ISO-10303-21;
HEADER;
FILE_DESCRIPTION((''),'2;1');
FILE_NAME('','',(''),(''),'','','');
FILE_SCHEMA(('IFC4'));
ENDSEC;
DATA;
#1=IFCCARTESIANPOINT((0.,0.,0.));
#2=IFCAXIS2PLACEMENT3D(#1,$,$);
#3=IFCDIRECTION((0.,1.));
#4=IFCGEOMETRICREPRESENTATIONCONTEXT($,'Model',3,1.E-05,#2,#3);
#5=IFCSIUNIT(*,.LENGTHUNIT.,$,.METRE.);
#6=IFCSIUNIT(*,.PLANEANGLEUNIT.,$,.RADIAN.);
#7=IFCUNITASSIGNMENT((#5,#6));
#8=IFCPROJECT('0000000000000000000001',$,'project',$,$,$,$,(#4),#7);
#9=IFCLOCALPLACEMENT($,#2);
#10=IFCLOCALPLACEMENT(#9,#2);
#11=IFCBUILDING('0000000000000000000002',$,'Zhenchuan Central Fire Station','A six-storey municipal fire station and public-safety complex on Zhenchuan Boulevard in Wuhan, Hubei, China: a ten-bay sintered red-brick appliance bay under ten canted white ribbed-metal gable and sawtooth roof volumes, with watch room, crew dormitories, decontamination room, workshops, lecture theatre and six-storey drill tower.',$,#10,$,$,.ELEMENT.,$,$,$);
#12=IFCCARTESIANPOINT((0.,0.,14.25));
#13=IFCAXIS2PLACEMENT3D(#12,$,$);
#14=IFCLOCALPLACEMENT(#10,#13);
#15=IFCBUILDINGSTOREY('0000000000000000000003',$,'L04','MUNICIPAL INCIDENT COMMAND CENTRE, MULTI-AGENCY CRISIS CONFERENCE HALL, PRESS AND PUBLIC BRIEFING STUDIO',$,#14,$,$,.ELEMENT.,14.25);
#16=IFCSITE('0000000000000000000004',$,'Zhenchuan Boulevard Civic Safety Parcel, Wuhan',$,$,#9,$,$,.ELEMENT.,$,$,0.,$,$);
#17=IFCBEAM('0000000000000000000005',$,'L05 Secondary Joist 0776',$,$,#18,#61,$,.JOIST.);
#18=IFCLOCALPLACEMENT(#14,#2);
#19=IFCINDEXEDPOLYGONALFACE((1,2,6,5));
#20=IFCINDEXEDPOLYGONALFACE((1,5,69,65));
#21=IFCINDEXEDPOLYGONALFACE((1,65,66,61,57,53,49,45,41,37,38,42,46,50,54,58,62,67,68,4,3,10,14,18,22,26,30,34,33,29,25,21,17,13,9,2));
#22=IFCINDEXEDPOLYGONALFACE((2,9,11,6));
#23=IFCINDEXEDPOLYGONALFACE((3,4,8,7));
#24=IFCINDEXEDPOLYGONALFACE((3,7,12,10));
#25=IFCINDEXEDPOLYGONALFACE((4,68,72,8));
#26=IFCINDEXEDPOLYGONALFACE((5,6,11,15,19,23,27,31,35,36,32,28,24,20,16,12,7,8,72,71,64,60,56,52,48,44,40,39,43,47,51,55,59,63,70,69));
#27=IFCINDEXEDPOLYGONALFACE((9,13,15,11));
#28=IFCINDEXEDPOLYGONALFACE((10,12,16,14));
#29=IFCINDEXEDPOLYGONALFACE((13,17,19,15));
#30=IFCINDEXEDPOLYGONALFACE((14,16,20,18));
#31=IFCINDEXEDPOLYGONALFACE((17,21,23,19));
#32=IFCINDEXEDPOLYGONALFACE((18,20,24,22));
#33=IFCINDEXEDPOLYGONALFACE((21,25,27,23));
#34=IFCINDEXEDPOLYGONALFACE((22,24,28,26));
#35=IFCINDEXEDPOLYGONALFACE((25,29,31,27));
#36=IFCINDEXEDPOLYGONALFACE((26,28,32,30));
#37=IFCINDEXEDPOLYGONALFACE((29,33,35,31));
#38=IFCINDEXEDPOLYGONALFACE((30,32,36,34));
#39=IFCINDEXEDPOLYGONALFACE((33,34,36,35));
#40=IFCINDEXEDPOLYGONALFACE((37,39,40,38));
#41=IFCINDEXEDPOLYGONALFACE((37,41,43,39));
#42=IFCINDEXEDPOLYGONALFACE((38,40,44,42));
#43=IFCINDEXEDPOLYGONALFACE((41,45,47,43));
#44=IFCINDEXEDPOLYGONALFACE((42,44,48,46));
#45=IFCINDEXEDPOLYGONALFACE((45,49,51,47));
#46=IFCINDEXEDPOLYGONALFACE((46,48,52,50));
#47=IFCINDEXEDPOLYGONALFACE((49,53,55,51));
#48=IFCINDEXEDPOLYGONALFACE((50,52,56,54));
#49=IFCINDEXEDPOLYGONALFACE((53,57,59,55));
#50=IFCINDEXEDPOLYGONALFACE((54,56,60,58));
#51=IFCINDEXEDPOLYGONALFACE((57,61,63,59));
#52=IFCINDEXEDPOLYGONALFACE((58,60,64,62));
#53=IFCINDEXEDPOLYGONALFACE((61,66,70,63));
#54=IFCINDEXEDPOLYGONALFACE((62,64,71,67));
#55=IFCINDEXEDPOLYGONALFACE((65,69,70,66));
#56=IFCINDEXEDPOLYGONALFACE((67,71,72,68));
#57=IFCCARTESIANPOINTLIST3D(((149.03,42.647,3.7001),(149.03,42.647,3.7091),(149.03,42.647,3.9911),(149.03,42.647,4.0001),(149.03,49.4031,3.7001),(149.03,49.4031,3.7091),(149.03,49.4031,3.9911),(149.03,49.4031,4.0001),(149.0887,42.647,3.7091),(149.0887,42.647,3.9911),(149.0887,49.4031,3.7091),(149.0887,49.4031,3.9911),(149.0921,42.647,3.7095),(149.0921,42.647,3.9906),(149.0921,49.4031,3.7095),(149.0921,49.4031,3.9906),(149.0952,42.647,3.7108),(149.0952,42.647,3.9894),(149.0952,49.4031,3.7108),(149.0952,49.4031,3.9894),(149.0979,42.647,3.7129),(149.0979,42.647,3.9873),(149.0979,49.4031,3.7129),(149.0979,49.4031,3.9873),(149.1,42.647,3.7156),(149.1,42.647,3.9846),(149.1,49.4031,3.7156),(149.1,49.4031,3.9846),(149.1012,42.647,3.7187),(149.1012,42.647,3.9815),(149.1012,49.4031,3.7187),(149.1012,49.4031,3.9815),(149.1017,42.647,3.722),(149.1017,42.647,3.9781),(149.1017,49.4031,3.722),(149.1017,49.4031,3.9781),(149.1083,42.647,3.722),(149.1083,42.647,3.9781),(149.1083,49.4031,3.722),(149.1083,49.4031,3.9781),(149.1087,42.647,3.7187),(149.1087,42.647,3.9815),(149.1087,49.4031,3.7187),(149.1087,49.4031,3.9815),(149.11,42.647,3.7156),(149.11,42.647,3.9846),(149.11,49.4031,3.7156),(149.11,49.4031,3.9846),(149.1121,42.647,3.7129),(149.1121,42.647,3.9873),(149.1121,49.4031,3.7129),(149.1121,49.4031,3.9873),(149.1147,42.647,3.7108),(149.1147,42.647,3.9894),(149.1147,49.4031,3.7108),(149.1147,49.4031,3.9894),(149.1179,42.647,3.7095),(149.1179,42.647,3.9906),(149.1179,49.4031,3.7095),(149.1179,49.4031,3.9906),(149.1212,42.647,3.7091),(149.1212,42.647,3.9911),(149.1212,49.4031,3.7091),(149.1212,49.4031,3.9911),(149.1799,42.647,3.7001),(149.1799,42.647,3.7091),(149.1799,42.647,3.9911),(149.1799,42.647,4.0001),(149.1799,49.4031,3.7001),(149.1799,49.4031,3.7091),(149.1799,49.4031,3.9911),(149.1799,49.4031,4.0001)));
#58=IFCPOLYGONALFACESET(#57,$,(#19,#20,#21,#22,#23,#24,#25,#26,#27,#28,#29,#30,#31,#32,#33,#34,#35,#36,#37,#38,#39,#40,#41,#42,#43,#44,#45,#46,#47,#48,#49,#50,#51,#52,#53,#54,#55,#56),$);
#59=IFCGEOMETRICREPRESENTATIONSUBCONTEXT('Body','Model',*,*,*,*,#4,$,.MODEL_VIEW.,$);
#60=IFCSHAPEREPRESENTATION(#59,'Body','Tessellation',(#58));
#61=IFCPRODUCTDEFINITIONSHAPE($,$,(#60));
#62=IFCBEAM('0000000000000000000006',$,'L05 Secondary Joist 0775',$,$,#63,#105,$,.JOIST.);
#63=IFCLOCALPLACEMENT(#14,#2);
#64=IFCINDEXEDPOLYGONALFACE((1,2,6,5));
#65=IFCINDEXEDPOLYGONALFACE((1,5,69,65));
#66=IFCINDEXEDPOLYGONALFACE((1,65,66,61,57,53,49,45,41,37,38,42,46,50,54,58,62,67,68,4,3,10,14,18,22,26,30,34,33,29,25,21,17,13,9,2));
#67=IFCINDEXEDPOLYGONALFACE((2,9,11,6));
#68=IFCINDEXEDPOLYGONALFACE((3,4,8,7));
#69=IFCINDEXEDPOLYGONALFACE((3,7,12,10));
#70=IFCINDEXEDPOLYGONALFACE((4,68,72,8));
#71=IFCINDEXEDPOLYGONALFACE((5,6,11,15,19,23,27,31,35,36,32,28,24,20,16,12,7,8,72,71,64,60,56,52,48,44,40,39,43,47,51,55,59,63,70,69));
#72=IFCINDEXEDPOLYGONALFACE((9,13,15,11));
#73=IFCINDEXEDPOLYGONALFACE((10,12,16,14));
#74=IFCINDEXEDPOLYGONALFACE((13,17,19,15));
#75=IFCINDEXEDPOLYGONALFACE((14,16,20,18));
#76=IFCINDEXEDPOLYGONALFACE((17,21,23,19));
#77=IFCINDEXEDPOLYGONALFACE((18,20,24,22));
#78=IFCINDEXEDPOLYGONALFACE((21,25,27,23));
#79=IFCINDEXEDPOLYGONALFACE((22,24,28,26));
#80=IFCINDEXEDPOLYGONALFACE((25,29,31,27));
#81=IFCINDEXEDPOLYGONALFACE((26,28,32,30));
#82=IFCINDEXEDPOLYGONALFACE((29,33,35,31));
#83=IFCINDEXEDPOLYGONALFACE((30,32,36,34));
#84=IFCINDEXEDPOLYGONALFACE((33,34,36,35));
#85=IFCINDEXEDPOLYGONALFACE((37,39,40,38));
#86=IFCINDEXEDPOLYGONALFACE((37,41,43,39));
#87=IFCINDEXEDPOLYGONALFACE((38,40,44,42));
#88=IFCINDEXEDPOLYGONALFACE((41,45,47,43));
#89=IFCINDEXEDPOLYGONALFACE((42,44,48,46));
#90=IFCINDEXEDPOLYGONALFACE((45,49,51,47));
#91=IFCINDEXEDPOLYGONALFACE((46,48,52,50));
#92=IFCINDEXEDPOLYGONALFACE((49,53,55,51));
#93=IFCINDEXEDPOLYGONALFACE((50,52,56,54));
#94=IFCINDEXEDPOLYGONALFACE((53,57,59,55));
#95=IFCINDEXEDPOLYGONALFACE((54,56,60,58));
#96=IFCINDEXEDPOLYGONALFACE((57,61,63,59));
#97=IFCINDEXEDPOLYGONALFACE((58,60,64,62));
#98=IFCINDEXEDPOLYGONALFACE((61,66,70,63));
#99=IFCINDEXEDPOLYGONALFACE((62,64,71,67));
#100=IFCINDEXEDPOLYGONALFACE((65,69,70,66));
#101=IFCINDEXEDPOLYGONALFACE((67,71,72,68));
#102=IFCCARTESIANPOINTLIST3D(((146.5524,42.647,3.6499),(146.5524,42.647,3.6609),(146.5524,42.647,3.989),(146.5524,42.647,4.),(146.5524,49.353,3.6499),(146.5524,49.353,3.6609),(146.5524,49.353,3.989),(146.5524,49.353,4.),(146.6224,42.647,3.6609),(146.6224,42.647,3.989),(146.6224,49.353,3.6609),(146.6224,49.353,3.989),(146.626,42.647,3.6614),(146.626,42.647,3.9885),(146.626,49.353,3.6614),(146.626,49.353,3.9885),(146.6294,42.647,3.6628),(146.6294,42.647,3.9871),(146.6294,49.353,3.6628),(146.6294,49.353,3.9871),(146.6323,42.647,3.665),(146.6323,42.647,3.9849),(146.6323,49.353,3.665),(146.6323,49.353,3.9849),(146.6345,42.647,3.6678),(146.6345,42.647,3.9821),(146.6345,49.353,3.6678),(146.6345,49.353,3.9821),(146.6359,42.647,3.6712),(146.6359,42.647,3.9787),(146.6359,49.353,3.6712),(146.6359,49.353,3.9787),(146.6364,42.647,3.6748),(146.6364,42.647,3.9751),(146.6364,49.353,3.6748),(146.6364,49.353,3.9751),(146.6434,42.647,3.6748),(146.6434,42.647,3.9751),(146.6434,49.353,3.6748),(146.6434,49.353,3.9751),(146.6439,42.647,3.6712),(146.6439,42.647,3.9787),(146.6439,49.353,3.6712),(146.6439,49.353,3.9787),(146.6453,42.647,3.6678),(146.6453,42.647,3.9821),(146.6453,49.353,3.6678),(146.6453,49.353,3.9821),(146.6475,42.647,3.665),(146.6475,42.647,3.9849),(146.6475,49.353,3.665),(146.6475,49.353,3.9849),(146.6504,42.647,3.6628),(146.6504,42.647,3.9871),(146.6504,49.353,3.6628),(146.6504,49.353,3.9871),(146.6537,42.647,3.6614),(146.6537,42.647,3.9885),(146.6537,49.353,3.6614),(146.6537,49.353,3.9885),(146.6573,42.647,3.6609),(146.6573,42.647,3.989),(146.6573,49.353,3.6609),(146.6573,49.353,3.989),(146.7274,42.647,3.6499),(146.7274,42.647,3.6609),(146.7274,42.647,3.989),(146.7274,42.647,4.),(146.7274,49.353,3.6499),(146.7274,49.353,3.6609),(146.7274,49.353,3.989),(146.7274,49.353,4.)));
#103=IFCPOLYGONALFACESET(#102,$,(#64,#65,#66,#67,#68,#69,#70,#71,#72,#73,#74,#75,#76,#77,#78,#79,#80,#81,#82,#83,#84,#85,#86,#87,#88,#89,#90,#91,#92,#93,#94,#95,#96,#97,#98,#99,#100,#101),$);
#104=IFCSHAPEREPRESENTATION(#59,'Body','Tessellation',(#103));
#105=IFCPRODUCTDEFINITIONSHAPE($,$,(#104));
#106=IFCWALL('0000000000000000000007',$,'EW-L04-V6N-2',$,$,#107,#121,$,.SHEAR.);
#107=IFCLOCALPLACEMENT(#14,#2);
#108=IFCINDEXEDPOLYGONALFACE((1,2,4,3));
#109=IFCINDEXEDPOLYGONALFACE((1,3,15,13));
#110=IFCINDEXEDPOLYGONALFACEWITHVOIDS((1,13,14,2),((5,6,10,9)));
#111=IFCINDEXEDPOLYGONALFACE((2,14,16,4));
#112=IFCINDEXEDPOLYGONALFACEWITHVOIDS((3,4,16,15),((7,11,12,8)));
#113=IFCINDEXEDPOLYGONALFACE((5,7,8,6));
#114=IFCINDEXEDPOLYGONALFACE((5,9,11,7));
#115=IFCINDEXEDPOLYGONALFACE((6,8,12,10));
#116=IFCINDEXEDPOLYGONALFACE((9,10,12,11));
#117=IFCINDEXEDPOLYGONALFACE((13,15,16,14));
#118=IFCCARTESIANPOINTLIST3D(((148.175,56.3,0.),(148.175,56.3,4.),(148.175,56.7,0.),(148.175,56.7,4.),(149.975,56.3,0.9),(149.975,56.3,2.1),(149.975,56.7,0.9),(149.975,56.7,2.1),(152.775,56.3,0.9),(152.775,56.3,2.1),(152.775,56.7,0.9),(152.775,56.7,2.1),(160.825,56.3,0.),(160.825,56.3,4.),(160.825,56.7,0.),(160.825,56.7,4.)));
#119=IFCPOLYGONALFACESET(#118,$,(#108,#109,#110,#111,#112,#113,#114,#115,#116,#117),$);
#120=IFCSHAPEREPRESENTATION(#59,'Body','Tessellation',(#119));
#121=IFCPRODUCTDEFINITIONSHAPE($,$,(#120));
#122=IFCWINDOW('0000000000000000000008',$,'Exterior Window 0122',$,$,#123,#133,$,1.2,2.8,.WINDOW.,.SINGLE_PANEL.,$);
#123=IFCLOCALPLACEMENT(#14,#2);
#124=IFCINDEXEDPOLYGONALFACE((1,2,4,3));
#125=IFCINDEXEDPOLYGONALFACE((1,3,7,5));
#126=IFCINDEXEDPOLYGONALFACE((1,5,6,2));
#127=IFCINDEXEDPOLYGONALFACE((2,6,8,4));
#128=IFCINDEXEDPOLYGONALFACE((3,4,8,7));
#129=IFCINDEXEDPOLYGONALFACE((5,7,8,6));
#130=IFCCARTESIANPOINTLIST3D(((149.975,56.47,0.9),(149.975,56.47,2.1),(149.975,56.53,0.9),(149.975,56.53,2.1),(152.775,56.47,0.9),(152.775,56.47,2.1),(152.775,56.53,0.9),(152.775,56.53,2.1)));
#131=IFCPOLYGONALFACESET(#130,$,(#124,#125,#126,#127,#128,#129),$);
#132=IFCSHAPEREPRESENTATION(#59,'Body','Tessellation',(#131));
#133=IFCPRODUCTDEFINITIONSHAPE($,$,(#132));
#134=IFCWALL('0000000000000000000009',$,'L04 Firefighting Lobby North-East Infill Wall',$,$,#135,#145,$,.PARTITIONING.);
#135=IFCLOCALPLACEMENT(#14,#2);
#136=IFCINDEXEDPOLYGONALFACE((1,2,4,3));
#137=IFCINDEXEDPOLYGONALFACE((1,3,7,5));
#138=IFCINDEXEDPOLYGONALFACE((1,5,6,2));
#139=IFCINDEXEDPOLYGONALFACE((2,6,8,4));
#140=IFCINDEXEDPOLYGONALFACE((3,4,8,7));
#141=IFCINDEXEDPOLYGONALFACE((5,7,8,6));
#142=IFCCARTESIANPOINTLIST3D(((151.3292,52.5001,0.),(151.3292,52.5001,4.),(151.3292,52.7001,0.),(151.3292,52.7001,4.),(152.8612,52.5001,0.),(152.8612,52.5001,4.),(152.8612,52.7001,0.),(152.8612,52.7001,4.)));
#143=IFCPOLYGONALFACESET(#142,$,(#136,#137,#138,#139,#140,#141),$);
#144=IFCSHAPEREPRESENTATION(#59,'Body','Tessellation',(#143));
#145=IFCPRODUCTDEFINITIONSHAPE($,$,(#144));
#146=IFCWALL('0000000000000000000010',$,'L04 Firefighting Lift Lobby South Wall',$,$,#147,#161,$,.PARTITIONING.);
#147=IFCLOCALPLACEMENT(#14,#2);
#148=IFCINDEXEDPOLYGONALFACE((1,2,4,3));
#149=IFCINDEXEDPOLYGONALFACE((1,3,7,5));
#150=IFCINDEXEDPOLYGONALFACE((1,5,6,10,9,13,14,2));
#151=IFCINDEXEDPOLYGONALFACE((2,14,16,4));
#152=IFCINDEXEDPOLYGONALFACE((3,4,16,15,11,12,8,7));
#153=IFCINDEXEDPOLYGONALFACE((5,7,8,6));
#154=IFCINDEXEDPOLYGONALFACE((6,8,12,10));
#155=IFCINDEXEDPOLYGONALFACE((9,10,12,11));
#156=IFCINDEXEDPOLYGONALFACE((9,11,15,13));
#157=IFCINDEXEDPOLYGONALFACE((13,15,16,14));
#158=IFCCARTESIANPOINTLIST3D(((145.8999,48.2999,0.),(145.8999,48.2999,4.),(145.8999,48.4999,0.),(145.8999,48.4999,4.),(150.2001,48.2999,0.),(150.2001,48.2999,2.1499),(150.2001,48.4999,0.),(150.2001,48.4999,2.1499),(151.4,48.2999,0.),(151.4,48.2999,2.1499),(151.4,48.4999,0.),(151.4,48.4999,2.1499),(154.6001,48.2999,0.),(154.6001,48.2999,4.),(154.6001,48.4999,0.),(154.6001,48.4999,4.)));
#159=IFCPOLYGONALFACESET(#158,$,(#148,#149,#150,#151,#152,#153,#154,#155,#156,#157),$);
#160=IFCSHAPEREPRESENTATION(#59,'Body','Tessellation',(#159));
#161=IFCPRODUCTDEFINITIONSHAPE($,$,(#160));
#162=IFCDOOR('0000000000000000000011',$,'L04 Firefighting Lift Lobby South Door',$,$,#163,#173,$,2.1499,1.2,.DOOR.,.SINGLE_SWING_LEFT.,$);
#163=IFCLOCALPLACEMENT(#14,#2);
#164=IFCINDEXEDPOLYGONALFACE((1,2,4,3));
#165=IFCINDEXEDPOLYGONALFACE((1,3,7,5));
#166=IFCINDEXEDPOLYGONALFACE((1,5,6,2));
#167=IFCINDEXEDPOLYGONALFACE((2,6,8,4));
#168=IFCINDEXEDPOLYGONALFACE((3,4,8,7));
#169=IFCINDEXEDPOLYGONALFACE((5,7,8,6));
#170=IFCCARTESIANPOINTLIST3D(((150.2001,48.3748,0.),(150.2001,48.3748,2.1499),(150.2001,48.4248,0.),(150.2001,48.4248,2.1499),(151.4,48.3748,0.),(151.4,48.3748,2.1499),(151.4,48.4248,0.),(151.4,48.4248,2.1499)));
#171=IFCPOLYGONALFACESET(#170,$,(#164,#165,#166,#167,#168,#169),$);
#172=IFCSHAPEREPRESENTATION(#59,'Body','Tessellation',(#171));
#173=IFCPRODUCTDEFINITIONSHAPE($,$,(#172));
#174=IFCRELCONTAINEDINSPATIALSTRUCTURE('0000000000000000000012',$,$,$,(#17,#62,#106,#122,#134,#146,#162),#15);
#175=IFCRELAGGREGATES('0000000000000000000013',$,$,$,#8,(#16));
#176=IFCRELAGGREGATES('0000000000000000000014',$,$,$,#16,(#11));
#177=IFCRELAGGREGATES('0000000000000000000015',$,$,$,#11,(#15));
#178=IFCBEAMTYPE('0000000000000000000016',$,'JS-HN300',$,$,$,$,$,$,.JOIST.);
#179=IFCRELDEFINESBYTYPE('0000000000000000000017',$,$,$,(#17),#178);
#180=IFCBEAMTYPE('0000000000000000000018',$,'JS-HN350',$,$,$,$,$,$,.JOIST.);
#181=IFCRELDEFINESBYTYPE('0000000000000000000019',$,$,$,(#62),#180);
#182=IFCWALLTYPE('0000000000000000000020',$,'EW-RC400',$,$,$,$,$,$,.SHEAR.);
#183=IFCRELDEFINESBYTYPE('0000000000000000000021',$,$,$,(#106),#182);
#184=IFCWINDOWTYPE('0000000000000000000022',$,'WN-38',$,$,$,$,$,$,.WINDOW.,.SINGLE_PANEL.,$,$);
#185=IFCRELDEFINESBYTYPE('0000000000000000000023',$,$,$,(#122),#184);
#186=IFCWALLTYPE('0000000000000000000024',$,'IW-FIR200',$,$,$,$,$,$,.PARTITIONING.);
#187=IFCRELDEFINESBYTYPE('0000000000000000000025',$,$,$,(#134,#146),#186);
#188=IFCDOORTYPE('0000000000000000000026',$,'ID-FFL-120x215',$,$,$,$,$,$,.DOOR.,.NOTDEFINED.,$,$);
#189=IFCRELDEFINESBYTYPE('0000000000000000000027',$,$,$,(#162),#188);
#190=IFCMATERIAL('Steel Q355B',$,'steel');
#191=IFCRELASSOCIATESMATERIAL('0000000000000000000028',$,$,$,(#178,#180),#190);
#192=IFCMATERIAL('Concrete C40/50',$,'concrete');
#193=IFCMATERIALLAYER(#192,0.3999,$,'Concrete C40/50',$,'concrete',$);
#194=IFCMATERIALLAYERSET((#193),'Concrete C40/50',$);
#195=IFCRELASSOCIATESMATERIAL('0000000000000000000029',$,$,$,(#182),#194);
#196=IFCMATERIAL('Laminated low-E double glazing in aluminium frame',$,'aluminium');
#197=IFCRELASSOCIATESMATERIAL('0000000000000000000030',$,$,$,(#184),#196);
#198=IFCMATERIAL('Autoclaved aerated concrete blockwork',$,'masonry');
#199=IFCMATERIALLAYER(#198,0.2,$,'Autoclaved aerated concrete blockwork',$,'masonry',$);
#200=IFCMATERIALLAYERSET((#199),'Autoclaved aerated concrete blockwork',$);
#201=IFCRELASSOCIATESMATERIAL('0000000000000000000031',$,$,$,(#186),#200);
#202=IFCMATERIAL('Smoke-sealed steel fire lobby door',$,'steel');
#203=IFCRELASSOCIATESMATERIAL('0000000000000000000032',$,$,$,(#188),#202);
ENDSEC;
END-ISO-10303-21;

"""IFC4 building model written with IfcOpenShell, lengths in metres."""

from ifc_helpers import new_model, si_unit, direction, frame, frame_2d, origin, origin_2d, place, context, subcontext, project, spatial, rectangle, i_section, extrude, material, layer, layer_set, material_profile, profile_set, type_object, element, fill, save


model = new_model("IFC4")

# Units and contexts
model_context = context("Model", 3, precision=1e-05, world=origin(), true_north=direction((0.0, 1.0)))
body_context = subcontext(model_context, "Body", "Model", "MODEL_VIEW")
ifc_project = project(units=[si_unit("LENGTHUNIT", "METRE"), si_unit("PLANEANGLEUNIT", "RADIAN")], contexts=[model_context])

# Site, building, storey
site_placement = place(None, origin())
site = spatial("IfcSite", under=ifc_project, at=site_placement, Name="Zhenchuan Boulevard Civic Safety Parcel, Wuhan", CompositionType="ELEMENT", RefElevation=0.0)
building_placement = place(site_placement, origin())
building = spatial("IfcBuilding", under=site, at=building_placement, Name="Zhenchuan Central Fire Station", Description="A six-storey municipal fire station and public-safety complex on Zhenchuan Boulevard in Wuhan, Hubei, China: a ten-bay sintered red-brick appliance bay under ten canted white ribbed-metal gable and sawtooth roof volumes, with watch room, crew dormitories, decontamination room, workshops, lecture theatre and six-storey drill tower.", CompositionType="ELEMENT")
storey_placement = place(building_placement, frame((0.0, 0.0, 14.25)))
storey = spatial("IfcBuildingStorey", under=building, at=storey_placement, Name="L04", Description="MUNICIPAL INCIDENT COMMAND CENTRE, MULTI-AGENCY CRISIS CONFERENCE HALL, PRESS AND PUBLIC BRIEFING STUDIO", CompositionType="ELEMENT", Elevation=14.25)

# Shared definitions
ifc_material_1 = material(Name="Steel Q355B", Category="steel")

# Beams
ifc_material_profile_1 = material_profile(ifc_material_1, i_section(OverallWidth=0.1499, OverallDepth=0.3, WebThickness=0.0066, FlangeThickness=0.009, FilletRadius=0.0129, at=origin_2d()), Name="HN 300x150")
ifc_profile_set_1 = profile_set([ifc_material_profile_1], Name="Steel Q355B")
beam_type_1 = type_object("IfcBeamType", Name="JS-HN300", PredefinedType="JOIST", material=ifc_profile_set_1)
beam_1_placement = place(storey_placement, frame((149.105, 42.647, 3.8501), z_axis=(0.0, 1.0, 0.0), x_axis=(-1.0, 0.0, 0.0)))
element("IfcBeam", 1, at=beam_1_placement, inside=storey, type_object=beam_type_1, Name="L05 Secondary Joist 0776", PredefinedType="JOIST", context=body_context, shape_type="SweptSolid", body=[
    extrude(i_section(OverallWidth=0.1499, OverallDepth=0.3, WebThickness=0.0066, FlangeThickness=0.009, FilletRadius=0.0129, at=origin_2d()), origin(), (0.0, 0.0, 1.0), 6.7561),
])
ifc_material_profile_2 = material_profile(ifc_material_1, i_section(OverallWidth=0.175, OverallDepth=0.3501, WebThickness=0.0071, FlangeThickness=0.011, FilletRadius=0.0139, at=origin_2d()), Name="HN 350x175")
ifc_profile_set_2 = profile_set([ifc_material_profile_2], Name="Steel Q355B")
beam_type_2 = type_object("IfcBeamType", Name="JS-HN350", PredefinedType="JOIST", material=ifc_profile_set_2)
beam_2_placement = place(storey_placement, frame((146.6399, 42.647, 3.825), z_axis=(0.0, 1.0, 0.0), x_axis=(-1.0, 0.0, 0.0)))
element("IfcBeam", 2, at=beam_2_placement, inside=storey, type_object=beam_type_2, Name="L05 Secondary Joist 0775", PredefinedType="JOIST", context=body_context, shape_type="SweptSolid", body=[
    extrude(i_section(OverallWidth=0.175, OverallDepth=0.3501, WebThickness=0.0071, FlangeThickness=0.011, FilletRadius=0.0139, at=origin_2d()), origin(), (0.0, 0.0, 1.0), 6.7061),
])

# Wall, opening, window
ifc_material_2 = material(Name="Concrete C40/50", Category="concrete")
ifc_layer_1 = layer(ifc_material_2, 0.3999, Name="Concrete C40/50", Category="concrete")
ifc_layer_set_1 = layer_set([ifc_layer_1], Name="Concrete C40/50")
wall_type_1 = type_object("IfcWallType", Name="EW-RC400", PredefinedType="SHEAR", material=ifc_layer_set_1)
wall_1_placement = place(storey_placement, frame((148.175, 56.5, 0.0), z_axis=(0.0, 0.0, 1.0), x_axis=(1.0, 0.0, 0.0)))
wall_1 = element("IfcWall", 3, at=wall_1_placement, inside=storey, type_object=wall_type_1, Name="EW-L04-V6N-2", PredefinedType="SHEAR", context=body_context, shape_type="SweptSolid", body=[
    extrude(rectangle(XDim=12.6499, YDim=0.3999, at=frame_2d((6.325, 0.0))), origin(), (0.0, 0.0, 1.0), 4.0),
])
opening_1_placement = place(wall_1_placement, frame((1.8, 0.0, 0.8999)))
opening_1 = element("IfcOpeningElement", 4, at=opening_1_placement, cuts=wall_1, PredefinedType="OPENING", context=body_context, shape_type="SweptSolid", body=[
    extrude(rectangle(XDim=2.8, YDim=1.2, at=frame_2d((1.3999, 0.6001))), frame((0.0, 0.21, 0.0), z_axis=(0.0, -1.0, 0.0), x_axis=(1.0, 0.0, 0.0)), (0.0, 0.0, 1.0), 0.4199),
])
ifc_material_3 = material(Name="Laminated low-E double glazing in aluminium frame", Category="aluminium")
window_type = type_object("IfcWindowType", Name="WN-38", PartitioningType="SINGLE_PANEL", PredefinedType="WINDOW", material=ifc_material_3)
window_placement = place(opening_1_placement, origin())
window = element("IfcWindow", 5, at=window_placement, inside=storey, type_object=window_type, Name="Exterior Window 0122", OverallHeight=1.2, OverallWidth=2.8, PartitioningType="SINGLE_PANEL", PredefinedType="WINDOW", context=body_context, shape_type="SweptSolid", body=[
    extrude(rectangle(XDim=2.8, YDim=1.2, at=frame_2d((1.3999, 0.6001))), frame((0.0, 0.03, 0.0), z_axis=(0.0, -1.0, 0.0), x_axis=(1.0, 0.0, 0.0)), (0.0, 0.0, 1.0), 0.0601),
])
fill(opening_1, window)

# Wall
ifc_material_4 = material(Name="Autoclaved aerated concrete blockwork", Category="masonry")
ifc_layer_2 = layer(ifc_material_4, 0.2, Name="Autoclaved aerated concrete blockwork", Category="masonry")
ifc_layer_set_2 = layer_set([ifc_layer_2], Name="Autoclaved aerated concrete blockwork")
wall_type_2 = type_object("IfcWallType", Name="IW-FIR200", PredefinedType="PARTITIONING", material=ifc_layer_set_2)
wall_2_placement = place(storey_placement, frame((151.3291, 52.6001, 0.0), z_axis=(0.0, 0.0, 1.0), x_axis=(1.0, 0.0, 0.0)))
element("IfcWall", 6, at=wall_2_placement, inside=storey, type_object=wall_type_2, Name="L04 Firefighting Lobby North-East Infill Wall", PredefinedType="PARTITIONING", context=body_context, shape_type="SweptSolid", body=[
    extrude(rectangle(XDim=1.532, YDim=0.2, at=frame_2d((0.7661, 0.0))), origin(), (0.0, 0.0, 1.0), 4.0),
])

# Wall, opening, door
wall_3_placement = place(storey_placement, frame((145.8999, 48.3999, 0.0), z_axis=(0.0, 0.0, 1.0), x_axis=(1.0, 0.0, 0.0)))
wall_3 = element("IfcWall", 7, at=wall_3_placement, inside=storey, type_object=wall_type_2, Name="L04 Firefighting Lift Lobby South Wall", PredefinedType="PARTITIONING", context=body_context, shape_type="SweptSolid", body=[
    extrude(rectangle(XDim=8.7002, YDim=0.2, at=frame_2d((4.3501, 0.0))), origin(), (0.0, 0.0, 1.0), 4.0),
])
opening_2_placement = place(wall_3_placement, frame((4.3, 0.0, 0.0)))
opening_2 = element("IfcOpeningElement", 8, at=opening_2_placement, cuts=wall_3, PredefinedType="OPENING", context=body_context, shape_type="SweptSolid", body=[
    extrude(rectangle(XDim=1.2, YDim=2.1499, at=frame_2d((0.6001, 1.075))), frame((0.0, 0.1099, 0.0), z_axis=(0.0, -1.0, 0.0), x_axis=(1.0, 0.0, 0.0)), (0.0, 0.0, 1.0), 0.22),
])
ifc_material_5 = material(Name="Smoke-sealed steel fire lobby door", Category="steel")
door_type_1 = type_object("IfcDoorType", Name="ID-FFL-120x215", OperationType="NOTDEFINED", PredefinedType="DOOR", material=ifc_material_5)
door_1_placement = place(opening_2_placement, origin())
door_1 = element("IfcDoor", 9, at=door_1_placement, inside=storey, type_object=door_type_1, Name="L04 Firefighting Lift Lobby South Door", OperationType="SINGLE_SWING_LEFT", OverallHeight=2.1499, OverallWidth=1.2, PredefinedType="DOOR", context=body_context, shape_type="SweptSolid", body=[
    extrude(rectangle(XDim=1.2, YDim=2.1499, at=frame_2d((0.6001, 1.075))), frame((0.0, 0.0249, 0.0), z_axis=(0.0, -1.0, 0.0), x_axis=(1.0, 0.0, 0.0)), (0.0, 0.0, 1.0), 0.05),
])
fill(opening_2, door_1)

save(model, "model.ifc")
